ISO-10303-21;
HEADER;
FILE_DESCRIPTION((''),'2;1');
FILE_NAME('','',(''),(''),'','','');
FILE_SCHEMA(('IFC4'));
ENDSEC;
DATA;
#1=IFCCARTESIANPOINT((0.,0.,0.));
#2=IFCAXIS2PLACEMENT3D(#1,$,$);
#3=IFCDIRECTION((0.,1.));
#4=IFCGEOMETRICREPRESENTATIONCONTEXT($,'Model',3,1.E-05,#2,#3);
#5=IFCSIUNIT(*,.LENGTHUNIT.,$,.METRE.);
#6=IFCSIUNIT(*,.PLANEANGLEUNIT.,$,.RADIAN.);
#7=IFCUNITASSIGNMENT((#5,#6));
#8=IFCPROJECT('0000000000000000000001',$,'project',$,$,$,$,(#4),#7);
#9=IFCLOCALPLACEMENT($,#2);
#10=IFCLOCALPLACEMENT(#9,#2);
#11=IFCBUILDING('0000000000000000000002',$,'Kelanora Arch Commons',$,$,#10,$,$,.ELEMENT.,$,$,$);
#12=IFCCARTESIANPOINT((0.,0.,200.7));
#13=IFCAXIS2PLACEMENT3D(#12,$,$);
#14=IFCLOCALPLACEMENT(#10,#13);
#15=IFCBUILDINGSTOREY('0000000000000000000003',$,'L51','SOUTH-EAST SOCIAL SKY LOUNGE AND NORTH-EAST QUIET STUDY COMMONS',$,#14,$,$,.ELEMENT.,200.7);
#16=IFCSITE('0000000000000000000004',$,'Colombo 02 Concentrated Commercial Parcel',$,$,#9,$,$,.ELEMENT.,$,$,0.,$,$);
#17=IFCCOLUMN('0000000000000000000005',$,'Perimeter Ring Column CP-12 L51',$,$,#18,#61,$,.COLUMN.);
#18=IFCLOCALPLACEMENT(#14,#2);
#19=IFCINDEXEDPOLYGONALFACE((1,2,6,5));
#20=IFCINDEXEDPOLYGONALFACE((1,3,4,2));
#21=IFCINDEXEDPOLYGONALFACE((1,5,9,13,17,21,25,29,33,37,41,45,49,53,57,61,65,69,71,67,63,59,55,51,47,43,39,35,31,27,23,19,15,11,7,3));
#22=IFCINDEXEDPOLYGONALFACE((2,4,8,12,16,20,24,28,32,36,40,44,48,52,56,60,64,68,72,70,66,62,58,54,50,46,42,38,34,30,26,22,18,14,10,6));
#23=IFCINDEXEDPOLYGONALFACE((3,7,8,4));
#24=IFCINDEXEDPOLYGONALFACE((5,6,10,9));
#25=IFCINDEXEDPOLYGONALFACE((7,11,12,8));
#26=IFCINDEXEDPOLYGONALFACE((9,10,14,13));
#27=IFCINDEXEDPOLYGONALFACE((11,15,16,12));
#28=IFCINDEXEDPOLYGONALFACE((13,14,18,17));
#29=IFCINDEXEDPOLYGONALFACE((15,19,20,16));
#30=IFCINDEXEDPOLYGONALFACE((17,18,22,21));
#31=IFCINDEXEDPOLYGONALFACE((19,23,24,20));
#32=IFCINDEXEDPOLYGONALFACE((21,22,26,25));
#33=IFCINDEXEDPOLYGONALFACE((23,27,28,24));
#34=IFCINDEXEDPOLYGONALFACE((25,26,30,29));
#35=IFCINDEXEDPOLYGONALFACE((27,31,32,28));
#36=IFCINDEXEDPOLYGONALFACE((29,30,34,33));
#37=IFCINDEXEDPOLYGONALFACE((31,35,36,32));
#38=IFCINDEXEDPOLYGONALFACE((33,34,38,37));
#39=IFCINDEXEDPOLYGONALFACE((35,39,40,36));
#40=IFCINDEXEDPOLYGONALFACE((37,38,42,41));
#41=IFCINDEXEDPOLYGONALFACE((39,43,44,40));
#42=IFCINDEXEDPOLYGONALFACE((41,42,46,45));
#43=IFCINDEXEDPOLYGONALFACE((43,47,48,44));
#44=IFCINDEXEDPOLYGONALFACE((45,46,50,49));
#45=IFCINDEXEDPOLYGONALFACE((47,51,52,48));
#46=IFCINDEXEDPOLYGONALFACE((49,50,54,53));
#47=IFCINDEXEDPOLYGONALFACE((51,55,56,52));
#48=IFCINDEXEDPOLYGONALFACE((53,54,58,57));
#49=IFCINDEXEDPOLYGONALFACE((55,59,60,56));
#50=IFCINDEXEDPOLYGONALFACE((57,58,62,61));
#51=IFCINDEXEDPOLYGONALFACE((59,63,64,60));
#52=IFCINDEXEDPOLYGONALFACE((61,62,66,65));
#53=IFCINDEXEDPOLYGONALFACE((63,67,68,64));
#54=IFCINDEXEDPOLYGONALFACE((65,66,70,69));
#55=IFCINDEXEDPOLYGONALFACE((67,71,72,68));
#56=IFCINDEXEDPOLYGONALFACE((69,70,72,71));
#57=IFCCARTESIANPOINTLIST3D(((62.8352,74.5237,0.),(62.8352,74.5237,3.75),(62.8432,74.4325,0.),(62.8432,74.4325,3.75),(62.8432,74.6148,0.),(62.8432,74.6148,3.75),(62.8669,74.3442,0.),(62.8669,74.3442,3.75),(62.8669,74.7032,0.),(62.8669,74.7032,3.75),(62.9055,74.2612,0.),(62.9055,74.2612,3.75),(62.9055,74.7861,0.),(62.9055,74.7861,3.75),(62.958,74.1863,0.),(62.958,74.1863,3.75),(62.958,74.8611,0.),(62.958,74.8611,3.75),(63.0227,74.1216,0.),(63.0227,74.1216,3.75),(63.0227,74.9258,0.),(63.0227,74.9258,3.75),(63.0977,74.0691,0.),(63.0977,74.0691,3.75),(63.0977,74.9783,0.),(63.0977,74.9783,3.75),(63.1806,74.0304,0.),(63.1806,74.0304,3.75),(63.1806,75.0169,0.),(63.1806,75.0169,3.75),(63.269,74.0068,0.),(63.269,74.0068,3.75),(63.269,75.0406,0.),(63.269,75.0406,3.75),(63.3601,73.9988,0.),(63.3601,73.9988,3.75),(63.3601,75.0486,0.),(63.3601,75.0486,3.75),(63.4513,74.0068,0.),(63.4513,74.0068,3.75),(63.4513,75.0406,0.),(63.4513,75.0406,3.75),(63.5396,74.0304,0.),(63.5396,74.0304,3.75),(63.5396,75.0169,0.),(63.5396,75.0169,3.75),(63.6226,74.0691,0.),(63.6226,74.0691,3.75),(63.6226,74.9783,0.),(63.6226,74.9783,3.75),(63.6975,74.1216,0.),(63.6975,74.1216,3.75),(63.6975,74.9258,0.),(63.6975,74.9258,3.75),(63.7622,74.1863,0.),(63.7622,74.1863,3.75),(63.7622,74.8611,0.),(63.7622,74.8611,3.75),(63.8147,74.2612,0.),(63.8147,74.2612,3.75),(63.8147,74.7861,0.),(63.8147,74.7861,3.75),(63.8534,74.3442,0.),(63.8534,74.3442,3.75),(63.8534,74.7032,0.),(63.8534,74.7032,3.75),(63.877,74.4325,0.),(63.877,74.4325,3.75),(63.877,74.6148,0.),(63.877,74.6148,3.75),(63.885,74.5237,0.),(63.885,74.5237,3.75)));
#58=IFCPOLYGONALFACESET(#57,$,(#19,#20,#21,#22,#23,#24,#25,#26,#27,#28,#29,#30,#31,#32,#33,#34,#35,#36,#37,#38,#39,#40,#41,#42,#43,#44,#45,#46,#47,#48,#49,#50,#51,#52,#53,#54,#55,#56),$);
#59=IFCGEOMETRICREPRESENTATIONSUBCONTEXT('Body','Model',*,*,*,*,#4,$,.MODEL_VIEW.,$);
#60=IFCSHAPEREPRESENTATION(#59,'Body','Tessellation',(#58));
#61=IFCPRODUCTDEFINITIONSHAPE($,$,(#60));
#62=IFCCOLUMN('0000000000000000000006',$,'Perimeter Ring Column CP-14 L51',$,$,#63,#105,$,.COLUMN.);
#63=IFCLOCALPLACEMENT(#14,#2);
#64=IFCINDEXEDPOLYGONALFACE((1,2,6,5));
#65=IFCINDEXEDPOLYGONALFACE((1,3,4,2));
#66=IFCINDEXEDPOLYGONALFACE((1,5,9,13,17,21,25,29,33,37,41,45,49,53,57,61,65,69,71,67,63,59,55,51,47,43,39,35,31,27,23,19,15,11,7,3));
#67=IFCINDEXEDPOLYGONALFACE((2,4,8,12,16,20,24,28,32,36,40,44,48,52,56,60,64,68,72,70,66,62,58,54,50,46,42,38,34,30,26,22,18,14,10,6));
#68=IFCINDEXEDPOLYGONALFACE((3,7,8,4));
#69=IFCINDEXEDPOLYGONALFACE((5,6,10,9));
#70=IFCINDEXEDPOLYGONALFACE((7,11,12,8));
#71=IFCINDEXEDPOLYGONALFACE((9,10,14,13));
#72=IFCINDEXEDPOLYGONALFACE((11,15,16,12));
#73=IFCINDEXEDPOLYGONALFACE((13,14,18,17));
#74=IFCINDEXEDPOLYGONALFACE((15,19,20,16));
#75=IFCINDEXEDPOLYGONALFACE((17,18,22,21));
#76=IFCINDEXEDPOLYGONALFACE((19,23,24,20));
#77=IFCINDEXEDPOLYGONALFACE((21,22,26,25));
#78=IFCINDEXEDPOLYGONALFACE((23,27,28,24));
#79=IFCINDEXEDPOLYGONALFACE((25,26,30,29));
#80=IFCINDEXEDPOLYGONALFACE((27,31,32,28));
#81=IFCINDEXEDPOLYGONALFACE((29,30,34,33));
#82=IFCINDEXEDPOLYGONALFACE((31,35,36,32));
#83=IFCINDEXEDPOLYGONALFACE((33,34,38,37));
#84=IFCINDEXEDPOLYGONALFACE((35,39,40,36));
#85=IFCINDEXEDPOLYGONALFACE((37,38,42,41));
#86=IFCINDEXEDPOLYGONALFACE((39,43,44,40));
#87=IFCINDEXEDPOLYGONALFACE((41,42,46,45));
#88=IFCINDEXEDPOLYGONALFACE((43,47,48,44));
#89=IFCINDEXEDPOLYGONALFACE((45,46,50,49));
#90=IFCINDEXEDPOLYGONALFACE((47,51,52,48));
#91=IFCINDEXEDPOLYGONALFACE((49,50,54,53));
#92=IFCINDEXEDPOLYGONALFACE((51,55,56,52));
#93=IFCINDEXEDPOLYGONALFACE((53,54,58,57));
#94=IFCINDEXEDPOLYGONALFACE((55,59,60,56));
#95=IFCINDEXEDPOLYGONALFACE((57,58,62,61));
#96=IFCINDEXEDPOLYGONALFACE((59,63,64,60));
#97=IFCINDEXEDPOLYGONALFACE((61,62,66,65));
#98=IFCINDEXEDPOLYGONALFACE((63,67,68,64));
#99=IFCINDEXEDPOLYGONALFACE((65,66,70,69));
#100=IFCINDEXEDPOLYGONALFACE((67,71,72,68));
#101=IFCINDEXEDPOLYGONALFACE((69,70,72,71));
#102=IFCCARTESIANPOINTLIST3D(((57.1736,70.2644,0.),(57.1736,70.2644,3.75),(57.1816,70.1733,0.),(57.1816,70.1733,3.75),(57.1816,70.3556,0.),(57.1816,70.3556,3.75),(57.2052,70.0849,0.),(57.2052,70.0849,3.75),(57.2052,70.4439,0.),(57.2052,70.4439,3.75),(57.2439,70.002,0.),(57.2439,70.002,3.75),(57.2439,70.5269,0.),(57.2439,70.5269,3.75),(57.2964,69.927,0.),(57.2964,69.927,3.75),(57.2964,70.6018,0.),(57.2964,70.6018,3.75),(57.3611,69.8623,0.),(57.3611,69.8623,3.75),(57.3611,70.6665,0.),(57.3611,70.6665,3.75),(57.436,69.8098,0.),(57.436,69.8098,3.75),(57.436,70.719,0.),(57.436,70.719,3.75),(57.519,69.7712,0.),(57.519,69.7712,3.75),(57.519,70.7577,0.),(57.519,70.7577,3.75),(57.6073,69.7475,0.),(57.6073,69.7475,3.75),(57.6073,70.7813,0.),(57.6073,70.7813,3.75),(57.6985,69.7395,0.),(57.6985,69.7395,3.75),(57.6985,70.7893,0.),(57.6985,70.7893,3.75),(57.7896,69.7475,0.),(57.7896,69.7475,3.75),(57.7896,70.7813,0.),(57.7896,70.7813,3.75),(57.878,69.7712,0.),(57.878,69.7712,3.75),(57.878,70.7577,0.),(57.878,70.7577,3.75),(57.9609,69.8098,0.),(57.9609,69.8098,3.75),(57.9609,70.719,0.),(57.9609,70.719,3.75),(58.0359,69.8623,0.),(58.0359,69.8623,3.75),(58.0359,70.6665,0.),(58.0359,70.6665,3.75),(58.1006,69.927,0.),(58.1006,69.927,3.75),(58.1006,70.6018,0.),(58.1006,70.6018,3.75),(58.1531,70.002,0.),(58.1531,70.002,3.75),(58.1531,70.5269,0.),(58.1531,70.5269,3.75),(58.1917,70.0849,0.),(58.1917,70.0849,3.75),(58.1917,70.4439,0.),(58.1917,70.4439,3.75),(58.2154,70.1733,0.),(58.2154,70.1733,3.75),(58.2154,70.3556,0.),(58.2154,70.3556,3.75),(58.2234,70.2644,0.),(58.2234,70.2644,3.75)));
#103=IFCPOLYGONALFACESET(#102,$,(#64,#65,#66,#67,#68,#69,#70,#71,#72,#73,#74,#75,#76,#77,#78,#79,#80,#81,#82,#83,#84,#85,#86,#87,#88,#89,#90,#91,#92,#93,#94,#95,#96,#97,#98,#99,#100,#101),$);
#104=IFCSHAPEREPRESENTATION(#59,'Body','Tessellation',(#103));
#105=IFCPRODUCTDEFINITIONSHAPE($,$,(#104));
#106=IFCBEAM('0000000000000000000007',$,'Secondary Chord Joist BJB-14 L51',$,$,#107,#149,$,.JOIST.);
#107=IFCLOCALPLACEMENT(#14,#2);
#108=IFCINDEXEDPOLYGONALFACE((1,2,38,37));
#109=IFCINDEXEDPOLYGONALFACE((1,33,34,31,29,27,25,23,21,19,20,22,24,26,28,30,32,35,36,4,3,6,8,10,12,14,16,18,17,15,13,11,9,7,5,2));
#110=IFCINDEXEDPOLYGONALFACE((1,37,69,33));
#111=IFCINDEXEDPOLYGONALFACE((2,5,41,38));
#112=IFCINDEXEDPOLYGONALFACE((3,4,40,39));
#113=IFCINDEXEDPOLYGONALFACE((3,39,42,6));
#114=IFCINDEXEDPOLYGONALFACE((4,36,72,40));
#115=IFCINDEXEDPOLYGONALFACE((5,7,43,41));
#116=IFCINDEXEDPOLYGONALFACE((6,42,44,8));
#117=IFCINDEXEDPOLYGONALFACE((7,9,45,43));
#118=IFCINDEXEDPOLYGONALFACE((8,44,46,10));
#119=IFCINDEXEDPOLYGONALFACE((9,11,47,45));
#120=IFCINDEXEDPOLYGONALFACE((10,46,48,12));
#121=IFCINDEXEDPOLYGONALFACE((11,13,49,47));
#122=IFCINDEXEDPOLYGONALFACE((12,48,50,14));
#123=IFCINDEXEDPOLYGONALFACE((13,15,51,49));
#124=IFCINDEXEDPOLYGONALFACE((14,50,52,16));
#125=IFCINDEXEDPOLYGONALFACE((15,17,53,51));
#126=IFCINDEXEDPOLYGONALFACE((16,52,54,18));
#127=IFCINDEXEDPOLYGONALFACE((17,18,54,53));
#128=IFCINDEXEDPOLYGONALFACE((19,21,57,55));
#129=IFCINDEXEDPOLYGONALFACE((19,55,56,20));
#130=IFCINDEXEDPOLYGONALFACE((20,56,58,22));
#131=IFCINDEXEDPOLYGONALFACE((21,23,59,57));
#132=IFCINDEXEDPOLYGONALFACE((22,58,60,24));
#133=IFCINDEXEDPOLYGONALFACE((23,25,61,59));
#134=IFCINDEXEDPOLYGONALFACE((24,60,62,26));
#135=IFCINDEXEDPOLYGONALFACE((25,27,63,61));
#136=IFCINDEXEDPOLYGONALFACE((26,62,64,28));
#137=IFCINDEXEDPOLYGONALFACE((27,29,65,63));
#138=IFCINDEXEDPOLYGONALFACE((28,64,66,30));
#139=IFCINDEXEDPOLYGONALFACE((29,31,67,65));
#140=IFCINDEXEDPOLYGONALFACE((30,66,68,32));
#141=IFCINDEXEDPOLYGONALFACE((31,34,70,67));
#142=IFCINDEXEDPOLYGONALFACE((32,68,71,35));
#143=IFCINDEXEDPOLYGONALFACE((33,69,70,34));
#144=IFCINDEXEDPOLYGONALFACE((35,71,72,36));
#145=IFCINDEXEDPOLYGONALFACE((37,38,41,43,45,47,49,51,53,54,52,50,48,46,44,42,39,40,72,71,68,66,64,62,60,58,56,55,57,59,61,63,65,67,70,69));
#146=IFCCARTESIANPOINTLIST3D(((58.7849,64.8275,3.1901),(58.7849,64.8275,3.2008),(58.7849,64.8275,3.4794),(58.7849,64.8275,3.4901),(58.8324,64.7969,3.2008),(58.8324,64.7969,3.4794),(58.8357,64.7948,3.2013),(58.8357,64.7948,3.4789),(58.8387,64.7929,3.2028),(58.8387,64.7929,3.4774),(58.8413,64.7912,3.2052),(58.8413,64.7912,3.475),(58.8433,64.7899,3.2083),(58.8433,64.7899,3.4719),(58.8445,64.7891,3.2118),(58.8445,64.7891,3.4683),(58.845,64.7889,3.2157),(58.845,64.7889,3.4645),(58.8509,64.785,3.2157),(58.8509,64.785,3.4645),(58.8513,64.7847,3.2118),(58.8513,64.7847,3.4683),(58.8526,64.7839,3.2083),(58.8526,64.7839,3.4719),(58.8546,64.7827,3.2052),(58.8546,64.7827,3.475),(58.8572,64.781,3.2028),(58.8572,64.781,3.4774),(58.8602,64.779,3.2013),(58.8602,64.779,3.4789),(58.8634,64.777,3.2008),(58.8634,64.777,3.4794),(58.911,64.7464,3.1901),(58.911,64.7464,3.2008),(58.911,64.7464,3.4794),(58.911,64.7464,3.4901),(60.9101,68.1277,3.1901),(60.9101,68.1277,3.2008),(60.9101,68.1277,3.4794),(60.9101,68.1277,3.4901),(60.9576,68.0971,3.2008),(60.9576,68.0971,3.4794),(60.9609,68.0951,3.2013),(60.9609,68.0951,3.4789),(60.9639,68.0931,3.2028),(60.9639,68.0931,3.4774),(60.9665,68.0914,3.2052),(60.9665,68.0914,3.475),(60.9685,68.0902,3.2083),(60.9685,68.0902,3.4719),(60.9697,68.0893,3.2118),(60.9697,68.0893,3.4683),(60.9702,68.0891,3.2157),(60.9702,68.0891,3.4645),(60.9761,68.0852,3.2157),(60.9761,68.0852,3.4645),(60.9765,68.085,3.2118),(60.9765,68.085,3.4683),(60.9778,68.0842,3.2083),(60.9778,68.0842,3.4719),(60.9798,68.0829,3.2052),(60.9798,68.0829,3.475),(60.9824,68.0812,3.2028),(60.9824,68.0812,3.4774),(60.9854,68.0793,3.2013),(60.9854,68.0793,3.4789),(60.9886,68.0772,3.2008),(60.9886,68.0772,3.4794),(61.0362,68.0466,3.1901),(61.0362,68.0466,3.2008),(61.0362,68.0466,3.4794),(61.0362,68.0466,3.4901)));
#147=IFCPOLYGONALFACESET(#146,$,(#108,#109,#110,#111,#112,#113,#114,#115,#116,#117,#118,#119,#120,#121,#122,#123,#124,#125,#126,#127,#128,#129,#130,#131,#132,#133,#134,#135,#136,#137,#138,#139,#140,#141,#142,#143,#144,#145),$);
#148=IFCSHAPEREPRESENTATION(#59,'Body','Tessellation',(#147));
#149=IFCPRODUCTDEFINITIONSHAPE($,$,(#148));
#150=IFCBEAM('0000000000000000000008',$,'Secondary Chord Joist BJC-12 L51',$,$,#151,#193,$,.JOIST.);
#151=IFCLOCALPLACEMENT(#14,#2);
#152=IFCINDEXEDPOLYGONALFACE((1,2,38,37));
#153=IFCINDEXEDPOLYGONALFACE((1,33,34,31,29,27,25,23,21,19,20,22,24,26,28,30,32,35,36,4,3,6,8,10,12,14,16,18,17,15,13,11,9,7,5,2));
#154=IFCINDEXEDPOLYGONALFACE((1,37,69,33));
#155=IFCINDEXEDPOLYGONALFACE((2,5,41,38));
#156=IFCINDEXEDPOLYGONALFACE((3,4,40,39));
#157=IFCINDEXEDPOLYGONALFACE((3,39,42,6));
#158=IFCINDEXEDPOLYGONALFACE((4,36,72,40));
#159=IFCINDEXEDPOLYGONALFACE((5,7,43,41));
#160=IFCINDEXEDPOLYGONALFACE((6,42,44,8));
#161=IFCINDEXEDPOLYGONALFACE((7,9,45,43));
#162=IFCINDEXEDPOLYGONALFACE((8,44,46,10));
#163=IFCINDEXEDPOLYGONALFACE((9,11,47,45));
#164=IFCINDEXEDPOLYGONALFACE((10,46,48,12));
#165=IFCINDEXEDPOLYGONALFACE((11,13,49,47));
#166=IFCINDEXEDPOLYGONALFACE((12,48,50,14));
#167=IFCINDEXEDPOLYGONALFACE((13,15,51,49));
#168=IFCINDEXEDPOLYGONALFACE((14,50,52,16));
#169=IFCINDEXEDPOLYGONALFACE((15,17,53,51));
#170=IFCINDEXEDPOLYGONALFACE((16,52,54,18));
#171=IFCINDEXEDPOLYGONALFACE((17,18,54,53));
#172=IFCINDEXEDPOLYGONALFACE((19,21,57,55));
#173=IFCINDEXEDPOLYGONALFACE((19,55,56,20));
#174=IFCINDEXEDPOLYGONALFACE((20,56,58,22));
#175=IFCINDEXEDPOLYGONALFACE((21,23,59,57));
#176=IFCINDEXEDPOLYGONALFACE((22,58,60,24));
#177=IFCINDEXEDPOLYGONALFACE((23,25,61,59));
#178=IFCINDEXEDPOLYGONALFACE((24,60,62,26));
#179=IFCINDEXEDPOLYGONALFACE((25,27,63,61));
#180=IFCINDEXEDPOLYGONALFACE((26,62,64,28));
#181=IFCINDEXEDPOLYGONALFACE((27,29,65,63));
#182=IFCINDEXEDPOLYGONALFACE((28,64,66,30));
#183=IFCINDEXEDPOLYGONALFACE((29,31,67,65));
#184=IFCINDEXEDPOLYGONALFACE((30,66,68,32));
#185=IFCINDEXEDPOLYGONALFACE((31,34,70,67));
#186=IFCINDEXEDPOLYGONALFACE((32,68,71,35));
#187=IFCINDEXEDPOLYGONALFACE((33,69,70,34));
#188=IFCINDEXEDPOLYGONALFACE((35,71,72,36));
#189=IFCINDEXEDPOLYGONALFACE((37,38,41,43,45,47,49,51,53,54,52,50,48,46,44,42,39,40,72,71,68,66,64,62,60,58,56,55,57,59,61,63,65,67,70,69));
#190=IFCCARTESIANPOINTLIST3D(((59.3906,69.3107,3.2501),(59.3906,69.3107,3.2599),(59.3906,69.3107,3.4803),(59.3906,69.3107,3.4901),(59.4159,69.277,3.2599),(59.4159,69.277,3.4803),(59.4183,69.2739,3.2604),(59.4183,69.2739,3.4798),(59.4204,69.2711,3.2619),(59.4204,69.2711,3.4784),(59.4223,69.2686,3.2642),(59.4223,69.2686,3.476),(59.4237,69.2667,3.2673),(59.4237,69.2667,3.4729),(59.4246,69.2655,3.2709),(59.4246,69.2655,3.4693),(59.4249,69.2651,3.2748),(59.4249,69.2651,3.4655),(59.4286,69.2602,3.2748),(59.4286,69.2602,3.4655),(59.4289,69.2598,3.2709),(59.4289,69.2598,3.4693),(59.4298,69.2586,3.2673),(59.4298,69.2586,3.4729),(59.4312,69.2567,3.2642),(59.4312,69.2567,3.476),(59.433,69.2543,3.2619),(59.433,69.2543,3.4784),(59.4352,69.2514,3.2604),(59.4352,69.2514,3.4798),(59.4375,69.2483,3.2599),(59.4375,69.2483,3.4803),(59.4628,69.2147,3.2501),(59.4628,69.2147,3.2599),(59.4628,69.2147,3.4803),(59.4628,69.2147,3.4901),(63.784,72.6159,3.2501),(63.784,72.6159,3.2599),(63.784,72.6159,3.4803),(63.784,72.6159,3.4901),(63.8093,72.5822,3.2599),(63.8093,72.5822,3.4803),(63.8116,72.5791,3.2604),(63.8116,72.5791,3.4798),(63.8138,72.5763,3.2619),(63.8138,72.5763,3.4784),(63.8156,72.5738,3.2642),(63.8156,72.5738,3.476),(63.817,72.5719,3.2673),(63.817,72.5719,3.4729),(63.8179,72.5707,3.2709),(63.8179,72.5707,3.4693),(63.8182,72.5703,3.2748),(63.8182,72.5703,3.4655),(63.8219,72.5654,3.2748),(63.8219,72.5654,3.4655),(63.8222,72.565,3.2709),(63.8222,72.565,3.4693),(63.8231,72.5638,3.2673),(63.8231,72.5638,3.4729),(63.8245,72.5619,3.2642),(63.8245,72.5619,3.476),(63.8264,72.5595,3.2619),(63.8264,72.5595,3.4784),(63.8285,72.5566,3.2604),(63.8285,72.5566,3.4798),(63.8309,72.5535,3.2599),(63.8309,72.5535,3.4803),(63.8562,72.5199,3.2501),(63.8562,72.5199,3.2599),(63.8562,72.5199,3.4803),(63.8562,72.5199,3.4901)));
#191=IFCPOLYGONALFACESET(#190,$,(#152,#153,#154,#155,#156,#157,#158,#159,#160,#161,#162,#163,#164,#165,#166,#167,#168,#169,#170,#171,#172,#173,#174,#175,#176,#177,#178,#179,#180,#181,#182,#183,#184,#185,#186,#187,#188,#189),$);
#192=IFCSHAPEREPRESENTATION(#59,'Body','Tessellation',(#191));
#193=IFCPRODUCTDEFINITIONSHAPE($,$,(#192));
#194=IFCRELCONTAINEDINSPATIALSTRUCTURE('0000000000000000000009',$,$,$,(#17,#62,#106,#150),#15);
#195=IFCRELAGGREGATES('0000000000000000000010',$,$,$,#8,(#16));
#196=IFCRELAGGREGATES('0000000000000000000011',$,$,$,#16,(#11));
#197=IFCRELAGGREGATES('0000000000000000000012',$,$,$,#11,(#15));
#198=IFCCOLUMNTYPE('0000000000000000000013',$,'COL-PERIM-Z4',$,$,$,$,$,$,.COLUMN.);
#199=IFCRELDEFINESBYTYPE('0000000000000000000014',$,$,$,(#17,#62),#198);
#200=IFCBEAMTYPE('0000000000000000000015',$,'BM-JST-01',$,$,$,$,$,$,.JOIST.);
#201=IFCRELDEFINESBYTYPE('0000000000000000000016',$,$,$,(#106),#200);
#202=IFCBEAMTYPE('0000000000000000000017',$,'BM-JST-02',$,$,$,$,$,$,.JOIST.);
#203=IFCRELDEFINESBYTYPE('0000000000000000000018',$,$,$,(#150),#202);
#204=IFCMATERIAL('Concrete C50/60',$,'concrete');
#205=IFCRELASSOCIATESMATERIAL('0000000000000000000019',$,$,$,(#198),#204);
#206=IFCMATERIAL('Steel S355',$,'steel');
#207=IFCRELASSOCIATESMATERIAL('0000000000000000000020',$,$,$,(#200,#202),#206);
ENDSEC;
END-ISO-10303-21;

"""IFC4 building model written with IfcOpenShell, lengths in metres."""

from ifc_helpers import new_model, si_unit, direction, frame, origin, origin_2d, place, context, subcontext, project, spatial, circle, i_section, extrude, material, material_profile, profile_set, type_object, element, save


model = new_model("IFC4")

# Units and contexts
model_context = context("Model", 3, precision=1e-05, world=origin(), true_north=direction((0.0, 1.0)))
body_context = subcontext(model_context, "Body", "Model", "MODEL_VIEW")
ifc_project = project(units=[si_unit("LENGTHUNIT", "METRE"), si_unit("PLANEANGLEUNIT", "RADIAN")], contexts=[model_context])

# Site, building, storey
site_placement = place(None, origin())
site = spatial("IfcSite", under=ifc_project, at=site_placement, Name="Colombo 02 Concentrated Commercial Parcel", CompositionType="ELEMENT", RefElevation=0.0)
building_placement = place(site_placement, origin())
building = spatial("IfcBuilding", under=site, at=building_placement, Name="Kelanora Arch Commons", CompositionType="ELEMENT")
storey_placement = place(building_placement, frame((0.0, 0.0, 200.7)))
storey = spatial("IfcBuildingStorey", under=building, at=storey_placement, Name="L51", Description="SOUTH-EAST SOCIAL SKY LOUNGE AND NORTH-EAST QUIET STUDY COMMONS", CompositionType="ELEMENT", Elevation=200.7)

# Columns
ifc_material_1 = material(Name="Concrete C50/60", Category="concrete")
ifc_material_profile_1 = material_profile(ifc_material_1, circle(Radius=0.5249, at=origin_2d()), Name="RCC1050")
ifc_profile_set_1 = profile_set([ifc_material_profile_1], Name="Concrete C50/60")
column_type = type_object("IfcColumnType", Name="COL-PERIM-Z4", PredefinedType="COLUMN", material=ifc_profile_set_1)
for number, where, z_axis, x_axis, name in (
    (1, (63.3601, 74.5237, 0.0), (0.0, 0.0, 1.0), (1.0, 0.0, 0.0), "Perimeter Ring Column CP-12 L51"),
    (2, (57.6985, 70.2644, 0.0), (0.0, 0.0, 1.0), (1.0, 0.0, 0.0), "Perimeter Ring Column CP-14 L51"),
):
    element("IfcColumn", number, at=place(storey_placement, frame(where, z_axis=z_axis, x_axis=x_axis)), inside=storey, type_object=column_type, Name=name, PredefinedType="COLUMN", context=body_context, shape_type="SweptSolid", body=[
        extrude(circle(Radius=0.5249, at=origin_2d()), origin(), (0.0, 0.0, 1.0), 3.75),
    ])

# Beams
ifc_material_2 = material(Name="Steel S355", Category="steel")
ifc_material_profile_2 = material_profile(ifc_material_2, i_section(OverallWidth=0.1499, OverallDepth=0.3, WebThickness=0.0071, FlangeThickness=0.0107, FilletRadius=0.0149, at=origin_2d()), Name="IPE300")
ifc_profile_set_2 = profile_set([ifc_material_profile_2], Name="Steel S355")
beam_type_1 = type_object("IfcBeamType", Name="BM-JST-01", PredefinedType="JOIST", material=ifc_profile_set_2)
beam_1_placement = place(storey_placement, frame((60.9731, 68.0872, 3.3401), z_axis=(-0.541411, -0.840758, 0.0), x_axis=(0.840758, -0.541411, 0.0)))
element("IfcBeam", 3, at=beam_1_placement, inside=storey, type_object=beam_type_1, Name="Secondary Chord Joist BJB-14 L51", PredefinedType="JOIST", context=body_context, shape_type="SweptSolid", body=[
    extrude(i_section(OverallWidth=0.1499, OverallDepth=0.3, WebThickness=0.0071, FlangeThickness=0.0107, FilletRadius=0.0149, at=origin_2d()), origin(), (0.0, 0.0, 1.0), 3.9253),
])
ifc_material_profile_3 = material_profile(ifc_material_2, i_section(OverallWidth=0.1201, OverallDepth=0.24, WebThickness=0.0061, FlangeThickness=0.0098, FilletRadius=0.0149, at=origin_2d()), Name="IPE240")
ifc_profile_set_3 = profile_set([ifc_material_profile_3], Name="Steel S355")
beam_type_2 = type_object("IfcBeamType", Name="BM-JST-02", PredefinedType="JOIST", material=ifc_profile_set_3)
beam_2_placement = place(storey_placement, frame((63.8201, 72.5679, 3.3701), z_axis=(-0.799109, -0.601186, 0.0), x_axis=(0.601186, -0.799109, 0.0)))
element("IfcBeam", 4, at=beam_2_placement, inside=storey, type_object=beam_type_2, Name="Secondary Chord Joist BJC-12 L51", PredefinedType="JOIST", context=body_context, shape_type="SweptSolid", body=[
    extrude(i_section(OverallWidth=0.1201, OverallDepth=0.24, WebThickness=0.0061, FlangeThickness=0.0098, FilletRadius=0.0149, at=origin_2d()), origin(), (0.0, 0.0, 1.0), 5.4978),
])

save(model, "model.ifc")
